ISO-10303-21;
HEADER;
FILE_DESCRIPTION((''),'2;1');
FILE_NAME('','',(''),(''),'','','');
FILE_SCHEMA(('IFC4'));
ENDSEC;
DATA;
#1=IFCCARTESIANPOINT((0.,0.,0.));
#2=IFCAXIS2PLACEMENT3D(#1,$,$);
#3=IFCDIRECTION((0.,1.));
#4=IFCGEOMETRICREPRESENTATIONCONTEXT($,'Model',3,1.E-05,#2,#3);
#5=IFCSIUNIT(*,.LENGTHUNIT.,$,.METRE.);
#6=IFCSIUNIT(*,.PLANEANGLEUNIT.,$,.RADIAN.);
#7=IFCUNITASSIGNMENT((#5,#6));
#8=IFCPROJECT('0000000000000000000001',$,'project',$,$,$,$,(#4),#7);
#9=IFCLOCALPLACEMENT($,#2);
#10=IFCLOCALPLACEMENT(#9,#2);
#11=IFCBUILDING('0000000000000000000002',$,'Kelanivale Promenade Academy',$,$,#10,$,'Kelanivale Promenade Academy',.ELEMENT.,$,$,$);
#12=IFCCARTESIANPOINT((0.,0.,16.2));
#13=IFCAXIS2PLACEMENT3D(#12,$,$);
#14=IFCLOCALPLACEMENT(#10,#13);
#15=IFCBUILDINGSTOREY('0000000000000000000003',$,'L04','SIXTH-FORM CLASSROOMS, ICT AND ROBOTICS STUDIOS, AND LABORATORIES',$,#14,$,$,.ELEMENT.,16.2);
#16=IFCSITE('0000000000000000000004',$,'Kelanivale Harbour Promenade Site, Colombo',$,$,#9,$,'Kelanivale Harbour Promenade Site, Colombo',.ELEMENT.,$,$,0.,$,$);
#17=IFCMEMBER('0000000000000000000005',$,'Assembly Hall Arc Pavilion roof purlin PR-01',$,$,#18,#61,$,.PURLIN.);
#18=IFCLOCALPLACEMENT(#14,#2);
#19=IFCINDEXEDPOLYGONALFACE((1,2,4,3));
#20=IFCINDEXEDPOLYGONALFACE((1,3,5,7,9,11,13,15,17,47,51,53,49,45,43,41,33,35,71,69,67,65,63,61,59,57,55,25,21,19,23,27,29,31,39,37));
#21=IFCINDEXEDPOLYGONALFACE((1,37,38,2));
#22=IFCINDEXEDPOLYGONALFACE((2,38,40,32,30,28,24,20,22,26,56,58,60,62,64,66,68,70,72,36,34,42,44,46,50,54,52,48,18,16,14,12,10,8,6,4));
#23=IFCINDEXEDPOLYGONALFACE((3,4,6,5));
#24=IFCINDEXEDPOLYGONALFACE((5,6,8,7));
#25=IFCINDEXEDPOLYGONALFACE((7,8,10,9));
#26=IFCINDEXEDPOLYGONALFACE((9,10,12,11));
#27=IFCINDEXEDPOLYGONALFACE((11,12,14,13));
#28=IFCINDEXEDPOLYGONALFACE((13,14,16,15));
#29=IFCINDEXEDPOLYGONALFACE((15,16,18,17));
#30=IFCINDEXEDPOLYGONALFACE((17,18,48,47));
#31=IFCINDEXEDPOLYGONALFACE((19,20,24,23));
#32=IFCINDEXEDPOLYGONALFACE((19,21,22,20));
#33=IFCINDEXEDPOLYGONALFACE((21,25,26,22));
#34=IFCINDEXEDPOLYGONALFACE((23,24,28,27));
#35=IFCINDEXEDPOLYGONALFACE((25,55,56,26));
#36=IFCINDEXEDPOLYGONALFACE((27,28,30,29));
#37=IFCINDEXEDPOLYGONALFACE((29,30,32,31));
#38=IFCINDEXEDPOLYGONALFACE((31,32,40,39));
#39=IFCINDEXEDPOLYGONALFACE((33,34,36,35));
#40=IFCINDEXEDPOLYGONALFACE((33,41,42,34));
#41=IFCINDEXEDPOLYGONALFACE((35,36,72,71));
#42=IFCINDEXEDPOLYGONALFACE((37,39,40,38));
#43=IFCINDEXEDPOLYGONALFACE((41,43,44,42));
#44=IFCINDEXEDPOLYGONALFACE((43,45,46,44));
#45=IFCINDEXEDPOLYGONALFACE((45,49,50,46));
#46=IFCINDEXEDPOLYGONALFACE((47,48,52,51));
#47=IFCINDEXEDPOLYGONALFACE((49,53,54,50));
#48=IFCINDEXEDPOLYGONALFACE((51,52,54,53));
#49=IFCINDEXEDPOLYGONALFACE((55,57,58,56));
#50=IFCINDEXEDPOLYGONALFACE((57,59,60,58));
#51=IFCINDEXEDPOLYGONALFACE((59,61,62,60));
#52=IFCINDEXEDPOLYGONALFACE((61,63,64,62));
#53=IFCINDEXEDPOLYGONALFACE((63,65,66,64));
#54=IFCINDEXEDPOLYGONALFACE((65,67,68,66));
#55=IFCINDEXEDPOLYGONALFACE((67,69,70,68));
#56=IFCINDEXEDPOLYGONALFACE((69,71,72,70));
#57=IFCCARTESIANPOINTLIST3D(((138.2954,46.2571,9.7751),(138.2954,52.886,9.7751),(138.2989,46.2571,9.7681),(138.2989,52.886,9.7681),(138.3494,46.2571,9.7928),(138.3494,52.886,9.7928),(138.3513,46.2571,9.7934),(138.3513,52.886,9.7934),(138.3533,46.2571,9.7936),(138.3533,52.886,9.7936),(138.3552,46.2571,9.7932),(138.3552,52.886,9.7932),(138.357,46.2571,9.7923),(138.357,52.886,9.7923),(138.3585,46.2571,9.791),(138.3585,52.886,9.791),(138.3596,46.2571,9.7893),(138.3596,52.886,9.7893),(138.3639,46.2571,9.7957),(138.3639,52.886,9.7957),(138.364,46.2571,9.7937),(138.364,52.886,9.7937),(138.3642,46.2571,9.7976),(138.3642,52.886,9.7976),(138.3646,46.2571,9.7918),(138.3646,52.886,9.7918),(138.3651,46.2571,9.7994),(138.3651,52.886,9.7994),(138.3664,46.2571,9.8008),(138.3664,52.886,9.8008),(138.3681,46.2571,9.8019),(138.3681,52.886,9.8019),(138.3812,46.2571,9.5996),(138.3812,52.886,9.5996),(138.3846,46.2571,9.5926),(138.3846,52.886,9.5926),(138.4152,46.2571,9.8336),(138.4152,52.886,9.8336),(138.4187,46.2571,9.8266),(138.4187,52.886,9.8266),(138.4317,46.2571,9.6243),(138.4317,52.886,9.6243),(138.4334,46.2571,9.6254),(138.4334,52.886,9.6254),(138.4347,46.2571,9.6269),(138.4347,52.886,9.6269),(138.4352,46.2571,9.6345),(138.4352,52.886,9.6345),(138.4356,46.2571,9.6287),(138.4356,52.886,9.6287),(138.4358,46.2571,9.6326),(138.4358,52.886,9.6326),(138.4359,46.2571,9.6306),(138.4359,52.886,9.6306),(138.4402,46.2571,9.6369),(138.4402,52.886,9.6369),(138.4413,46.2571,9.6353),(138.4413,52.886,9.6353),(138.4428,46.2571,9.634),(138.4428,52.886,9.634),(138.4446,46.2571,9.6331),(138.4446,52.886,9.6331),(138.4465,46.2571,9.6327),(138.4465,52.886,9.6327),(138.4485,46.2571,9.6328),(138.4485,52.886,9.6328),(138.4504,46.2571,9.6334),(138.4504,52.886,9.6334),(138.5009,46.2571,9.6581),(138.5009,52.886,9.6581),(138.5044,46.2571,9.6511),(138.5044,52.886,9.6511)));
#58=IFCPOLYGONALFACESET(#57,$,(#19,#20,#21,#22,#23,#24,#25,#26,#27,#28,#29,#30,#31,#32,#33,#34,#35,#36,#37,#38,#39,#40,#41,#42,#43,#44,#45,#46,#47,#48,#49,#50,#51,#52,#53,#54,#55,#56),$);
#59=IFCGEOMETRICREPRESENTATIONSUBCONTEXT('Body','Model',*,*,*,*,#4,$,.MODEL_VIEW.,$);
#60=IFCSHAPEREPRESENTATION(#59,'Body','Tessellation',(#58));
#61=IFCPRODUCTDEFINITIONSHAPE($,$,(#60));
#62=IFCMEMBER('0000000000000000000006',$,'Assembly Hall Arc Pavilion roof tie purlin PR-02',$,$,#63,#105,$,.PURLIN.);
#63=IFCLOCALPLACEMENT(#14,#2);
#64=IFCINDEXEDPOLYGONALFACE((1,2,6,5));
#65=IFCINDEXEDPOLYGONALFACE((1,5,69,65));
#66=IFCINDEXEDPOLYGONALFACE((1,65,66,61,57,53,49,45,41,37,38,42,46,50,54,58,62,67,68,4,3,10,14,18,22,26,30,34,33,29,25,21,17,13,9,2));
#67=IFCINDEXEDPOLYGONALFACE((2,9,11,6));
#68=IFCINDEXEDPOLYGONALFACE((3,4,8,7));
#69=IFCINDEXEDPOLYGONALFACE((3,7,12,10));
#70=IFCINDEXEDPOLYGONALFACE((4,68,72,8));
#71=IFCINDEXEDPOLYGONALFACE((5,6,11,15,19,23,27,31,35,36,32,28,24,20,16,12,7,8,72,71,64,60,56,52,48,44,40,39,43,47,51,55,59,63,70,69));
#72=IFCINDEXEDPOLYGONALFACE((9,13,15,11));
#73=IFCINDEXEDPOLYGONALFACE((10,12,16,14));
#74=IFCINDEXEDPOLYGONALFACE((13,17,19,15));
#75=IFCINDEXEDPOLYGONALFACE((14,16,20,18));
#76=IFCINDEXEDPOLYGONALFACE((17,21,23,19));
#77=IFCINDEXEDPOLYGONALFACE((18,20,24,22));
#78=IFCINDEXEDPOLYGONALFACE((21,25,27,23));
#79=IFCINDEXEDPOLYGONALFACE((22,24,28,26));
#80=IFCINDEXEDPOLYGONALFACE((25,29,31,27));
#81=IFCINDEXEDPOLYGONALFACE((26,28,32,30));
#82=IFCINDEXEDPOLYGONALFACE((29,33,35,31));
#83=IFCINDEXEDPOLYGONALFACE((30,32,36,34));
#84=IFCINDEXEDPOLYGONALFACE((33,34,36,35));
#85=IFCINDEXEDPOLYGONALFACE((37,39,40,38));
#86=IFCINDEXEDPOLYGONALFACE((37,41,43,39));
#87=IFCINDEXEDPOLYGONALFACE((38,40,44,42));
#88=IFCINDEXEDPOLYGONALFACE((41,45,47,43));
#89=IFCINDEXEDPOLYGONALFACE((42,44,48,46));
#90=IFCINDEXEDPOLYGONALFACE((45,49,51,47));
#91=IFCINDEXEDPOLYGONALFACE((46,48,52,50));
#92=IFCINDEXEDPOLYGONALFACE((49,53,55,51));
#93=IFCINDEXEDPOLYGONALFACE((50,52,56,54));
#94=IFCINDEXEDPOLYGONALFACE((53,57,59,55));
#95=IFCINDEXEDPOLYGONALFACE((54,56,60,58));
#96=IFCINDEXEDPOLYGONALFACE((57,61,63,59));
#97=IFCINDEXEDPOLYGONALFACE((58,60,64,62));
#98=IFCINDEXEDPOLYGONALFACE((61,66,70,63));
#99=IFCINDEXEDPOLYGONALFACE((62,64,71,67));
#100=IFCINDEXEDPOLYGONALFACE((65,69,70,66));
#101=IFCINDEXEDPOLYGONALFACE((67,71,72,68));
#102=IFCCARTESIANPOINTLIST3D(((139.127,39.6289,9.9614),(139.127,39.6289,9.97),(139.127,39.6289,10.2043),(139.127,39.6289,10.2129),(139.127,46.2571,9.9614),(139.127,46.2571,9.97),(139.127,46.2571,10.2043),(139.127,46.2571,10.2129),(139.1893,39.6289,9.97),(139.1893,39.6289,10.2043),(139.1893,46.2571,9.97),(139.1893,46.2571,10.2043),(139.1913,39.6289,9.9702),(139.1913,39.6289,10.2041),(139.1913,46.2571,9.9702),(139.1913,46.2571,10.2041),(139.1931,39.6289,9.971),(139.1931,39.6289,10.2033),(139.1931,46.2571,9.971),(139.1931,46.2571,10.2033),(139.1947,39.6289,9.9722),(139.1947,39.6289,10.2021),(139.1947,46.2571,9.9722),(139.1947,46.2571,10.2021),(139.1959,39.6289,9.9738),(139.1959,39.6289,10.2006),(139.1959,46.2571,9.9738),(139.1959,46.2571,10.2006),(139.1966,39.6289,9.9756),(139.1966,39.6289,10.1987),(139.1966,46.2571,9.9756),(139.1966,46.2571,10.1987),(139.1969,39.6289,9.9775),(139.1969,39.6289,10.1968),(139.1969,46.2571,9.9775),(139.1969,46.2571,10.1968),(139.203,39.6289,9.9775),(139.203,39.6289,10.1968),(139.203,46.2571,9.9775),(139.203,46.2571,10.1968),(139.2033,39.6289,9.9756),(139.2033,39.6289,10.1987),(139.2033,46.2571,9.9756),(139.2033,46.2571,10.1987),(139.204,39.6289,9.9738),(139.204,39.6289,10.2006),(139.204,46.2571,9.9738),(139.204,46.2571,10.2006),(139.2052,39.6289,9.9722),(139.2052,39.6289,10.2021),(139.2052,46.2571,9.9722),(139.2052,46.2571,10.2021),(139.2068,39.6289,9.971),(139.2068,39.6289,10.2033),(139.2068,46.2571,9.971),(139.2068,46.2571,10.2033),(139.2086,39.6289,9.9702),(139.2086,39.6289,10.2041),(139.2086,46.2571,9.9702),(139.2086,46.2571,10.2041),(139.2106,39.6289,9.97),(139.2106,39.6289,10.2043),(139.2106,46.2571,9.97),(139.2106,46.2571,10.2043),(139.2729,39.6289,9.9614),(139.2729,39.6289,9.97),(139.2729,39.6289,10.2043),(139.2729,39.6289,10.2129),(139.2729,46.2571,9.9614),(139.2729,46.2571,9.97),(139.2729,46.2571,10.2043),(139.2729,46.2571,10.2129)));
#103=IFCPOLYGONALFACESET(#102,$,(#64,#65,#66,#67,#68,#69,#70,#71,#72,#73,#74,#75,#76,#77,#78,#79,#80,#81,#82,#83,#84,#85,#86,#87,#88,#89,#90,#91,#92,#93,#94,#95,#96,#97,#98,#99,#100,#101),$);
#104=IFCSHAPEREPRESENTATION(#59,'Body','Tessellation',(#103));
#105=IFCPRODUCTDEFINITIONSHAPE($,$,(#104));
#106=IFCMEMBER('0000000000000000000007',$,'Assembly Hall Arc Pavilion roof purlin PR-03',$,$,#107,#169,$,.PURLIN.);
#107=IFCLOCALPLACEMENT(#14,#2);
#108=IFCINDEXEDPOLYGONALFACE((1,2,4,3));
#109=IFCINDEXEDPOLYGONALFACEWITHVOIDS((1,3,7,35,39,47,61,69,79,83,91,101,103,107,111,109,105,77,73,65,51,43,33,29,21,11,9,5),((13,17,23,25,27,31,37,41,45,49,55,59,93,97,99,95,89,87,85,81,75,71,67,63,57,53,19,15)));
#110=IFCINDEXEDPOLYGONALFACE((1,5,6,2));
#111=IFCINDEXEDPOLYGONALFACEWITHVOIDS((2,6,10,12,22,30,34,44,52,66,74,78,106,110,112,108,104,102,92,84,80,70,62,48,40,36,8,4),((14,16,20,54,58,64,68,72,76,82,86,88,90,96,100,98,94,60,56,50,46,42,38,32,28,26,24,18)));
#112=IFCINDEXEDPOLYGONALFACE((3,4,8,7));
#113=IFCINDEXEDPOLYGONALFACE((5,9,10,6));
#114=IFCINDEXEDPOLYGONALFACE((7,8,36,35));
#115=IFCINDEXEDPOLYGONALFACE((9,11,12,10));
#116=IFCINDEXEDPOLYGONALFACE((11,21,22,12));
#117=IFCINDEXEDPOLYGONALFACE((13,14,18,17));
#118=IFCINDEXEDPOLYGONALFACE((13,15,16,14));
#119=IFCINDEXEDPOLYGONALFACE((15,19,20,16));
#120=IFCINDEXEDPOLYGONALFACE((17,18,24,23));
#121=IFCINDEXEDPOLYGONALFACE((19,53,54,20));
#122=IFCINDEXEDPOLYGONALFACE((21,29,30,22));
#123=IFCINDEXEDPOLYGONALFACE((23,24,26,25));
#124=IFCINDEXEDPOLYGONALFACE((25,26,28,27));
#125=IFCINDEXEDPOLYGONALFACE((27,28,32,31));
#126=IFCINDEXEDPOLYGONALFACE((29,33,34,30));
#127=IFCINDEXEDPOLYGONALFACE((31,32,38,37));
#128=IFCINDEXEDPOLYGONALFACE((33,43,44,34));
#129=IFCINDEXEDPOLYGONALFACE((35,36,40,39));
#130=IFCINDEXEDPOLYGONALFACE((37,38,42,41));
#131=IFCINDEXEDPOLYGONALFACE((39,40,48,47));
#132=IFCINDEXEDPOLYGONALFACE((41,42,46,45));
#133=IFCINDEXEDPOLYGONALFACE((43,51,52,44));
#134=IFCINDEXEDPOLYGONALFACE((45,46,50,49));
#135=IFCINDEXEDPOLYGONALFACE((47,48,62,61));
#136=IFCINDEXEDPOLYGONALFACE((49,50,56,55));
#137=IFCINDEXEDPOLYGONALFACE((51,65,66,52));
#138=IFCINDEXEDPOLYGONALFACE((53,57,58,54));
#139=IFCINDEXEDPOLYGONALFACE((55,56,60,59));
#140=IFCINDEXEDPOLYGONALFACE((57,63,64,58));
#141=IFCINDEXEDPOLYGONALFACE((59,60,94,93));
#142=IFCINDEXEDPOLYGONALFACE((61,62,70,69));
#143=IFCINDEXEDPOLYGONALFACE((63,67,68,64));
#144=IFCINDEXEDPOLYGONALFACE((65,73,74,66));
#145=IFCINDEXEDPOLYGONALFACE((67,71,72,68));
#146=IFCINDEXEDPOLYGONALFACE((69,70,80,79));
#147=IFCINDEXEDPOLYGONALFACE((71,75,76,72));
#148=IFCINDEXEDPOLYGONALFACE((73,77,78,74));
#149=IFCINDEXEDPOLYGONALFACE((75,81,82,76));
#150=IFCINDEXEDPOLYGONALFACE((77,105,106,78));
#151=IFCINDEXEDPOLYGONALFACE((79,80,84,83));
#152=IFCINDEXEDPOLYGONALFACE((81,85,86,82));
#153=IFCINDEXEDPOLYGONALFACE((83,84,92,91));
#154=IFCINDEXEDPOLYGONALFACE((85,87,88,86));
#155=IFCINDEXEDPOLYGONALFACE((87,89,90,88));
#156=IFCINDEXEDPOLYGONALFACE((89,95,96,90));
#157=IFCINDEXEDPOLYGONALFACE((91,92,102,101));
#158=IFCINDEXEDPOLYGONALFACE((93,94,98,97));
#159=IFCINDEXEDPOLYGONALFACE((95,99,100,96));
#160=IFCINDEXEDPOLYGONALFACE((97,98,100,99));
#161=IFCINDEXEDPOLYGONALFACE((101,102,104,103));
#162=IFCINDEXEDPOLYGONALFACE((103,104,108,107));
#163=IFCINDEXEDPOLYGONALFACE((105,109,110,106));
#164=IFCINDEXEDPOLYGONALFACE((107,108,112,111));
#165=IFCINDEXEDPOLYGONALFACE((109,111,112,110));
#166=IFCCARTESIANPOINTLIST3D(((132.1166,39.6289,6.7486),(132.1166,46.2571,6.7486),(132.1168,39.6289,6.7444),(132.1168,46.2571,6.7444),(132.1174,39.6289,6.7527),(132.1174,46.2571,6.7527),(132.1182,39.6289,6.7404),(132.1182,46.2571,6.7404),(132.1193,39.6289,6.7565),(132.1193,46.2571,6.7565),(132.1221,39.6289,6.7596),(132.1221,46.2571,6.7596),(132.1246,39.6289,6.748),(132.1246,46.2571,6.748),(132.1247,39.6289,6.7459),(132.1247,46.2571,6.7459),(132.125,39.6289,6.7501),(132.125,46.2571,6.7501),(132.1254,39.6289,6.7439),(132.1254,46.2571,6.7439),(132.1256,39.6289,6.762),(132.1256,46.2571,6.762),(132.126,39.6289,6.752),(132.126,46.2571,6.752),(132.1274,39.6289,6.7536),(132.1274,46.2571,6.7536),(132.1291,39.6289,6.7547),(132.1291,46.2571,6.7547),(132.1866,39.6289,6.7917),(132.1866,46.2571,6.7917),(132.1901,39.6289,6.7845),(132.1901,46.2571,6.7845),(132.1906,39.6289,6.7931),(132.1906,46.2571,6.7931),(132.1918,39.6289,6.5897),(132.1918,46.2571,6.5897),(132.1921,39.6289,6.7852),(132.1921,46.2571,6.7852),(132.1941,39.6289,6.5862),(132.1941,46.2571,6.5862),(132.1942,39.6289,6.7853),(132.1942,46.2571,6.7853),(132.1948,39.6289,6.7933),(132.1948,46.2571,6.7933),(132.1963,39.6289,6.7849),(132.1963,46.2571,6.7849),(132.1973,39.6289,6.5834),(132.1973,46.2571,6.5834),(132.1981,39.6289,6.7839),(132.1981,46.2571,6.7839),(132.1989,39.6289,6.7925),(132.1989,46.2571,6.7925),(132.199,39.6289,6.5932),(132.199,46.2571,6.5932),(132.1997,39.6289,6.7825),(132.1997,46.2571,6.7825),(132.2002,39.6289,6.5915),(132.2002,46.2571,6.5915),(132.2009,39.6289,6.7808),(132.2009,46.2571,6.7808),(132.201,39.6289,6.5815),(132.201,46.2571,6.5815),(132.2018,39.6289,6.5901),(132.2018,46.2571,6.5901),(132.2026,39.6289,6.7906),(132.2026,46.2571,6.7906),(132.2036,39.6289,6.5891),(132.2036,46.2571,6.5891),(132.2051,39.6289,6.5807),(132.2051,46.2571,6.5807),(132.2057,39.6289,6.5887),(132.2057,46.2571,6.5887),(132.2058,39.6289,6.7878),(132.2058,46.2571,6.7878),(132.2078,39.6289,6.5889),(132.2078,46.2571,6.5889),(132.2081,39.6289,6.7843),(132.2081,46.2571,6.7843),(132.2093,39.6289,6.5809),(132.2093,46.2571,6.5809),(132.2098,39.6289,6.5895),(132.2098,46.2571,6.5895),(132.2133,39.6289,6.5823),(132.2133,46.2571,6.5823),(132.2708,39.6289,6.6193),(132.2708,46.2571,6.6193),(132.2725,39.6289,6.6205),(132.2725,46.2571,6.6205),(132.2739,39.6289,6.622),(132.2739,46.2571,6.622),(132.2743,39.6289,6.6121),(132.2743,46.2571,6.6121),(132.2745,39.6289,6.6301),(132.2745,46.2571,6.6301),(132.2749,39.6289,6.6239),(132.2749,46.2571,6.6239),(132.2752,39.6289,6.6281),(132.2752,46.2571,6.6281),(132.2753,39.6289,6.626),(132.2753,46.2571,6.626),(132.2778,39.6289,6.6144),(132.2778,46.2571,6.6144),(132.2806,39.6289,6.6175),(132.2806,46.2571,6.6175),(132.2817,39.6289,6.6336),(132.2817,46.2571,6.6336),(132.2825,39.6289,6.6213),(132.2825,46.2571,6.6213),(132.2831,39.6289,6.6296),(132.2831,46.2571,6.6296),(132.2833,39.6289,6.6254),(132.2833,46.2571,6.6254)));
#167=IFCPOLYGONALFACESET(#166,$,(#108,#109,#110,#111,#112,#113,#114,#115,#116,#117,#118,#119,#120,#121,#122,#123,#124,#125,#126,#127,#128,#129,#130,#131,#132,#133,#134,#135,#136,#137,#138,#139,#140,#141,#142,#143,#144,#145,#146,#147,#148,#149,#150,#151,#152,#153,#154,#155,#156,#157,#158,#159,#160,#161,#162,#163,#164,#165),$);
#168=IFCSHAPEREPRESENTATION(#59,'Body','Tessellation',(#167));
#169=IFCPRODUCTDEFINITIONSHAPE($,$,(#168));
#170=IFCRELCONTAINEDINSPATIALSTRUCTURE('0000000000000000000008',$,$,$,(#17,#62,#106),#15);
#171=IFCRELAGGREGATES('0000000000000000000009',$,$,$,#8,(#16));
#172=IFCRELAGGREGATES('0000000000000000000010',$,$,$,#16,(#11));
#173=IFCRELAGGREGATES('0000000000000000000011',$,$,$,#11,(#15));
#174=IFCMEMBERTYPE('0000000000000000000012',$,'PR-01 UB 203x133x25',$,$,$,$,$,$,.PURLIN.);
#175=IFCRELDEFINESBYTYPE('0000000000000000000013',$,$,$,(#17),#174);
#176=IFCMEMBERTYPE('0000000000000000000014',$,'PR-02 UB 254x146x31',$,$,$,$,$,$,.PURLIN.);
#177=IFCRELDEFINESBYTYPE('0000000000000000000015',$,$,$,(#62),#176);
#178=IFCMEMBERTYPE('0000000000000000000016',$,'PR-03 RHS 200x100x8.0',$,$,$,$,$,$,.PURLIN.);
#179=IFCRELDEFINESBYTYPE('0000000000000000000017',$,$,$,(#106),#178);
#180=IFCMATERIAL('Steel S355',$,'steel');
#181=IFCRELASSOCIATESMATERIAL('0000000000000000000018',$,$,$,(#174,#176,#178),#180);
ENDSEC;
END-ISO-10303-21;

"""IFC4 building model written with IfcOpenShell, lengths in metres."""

from ifc_helpers import new_model, si_unit, direction, frame, origin, origin_2d, place, context, subcontext, project, spatial, hollow_rectangle, i_section, extrude, material, material_profile, profile_set, type_object, element, save


model = new_model("IFC4")

# Units and contexts
model_context = context("Model", 3, precision=1e-05, world=origin(), true_north=direction((0.0, 1.0)))
body_context = subcontext(model_context, "Body", "Model", "MODEL_VIEW")
ifc_project = project(units=[si_unit("LENGTHUNIT", "METRE"), si_unit("PLANEANGLEUNIT", "RADIAN")], contexts=[model_context])

# Site, building, storey
site_placement = place(None, origin())
site = spatial("IfcSite", under=ifc_project, at=site_placement, Name="Kelanivale Harbour Promenade Site, Colombo", LongName="Kelanivale Harbour Promenade Site, Colombo", CompositionType="ELEMENT", RefElevation=0.0)
building_placement = place(site_placement, origin())
building = spatial("IfcBuilding", under=site, at=building_placement, Name="Kelanivale Promenade Academy", LongName="Kelanivale Promenade Academy", CompositionType="ELEMENT")
storey_placement = place(building_placement, frame((0.0, 0.0, 16.2)))
storey = spatial("IfcBuildingStorey", under=building, at=storey_placement, Name="L04", Description="SIXTH-FORM CLASSROOMS, ICT AND ROBOTICS STUDIOS, AND LABORATORIES", CompositionType="ELEMENT", Elevation=16.2)

# Members
ifc_material_1 = material(Name="Steel S355", Category="steel")
ifc_material_profile_1 = material_profile(ifc_material_1, i_section(OverallWidth=0.1333, OverallDepth=0.2031, WebThickness=0.0056, FlangeThickness=0.0078, FilletRadius=0.0076, at=origin_2d()), Name="UB 203x133x25")
ifc_profile_set_1 = profile_set([ifc_material_profile_1], Name="Steel S355")
member_type_1 = type_object("IfcMemberType", Name="PR-01 UB 203x133x25", PredefinedType="PURLIN", material=ifc_profile_set_1)
member_1_placement = place(storey_placement, frame((138.3999, 46.2571, 9.7131), z_axis=(0.0, 1.0, 0.0), x_axis=(-0.898564, 0.0, -0.438842)))
element("IfcMember", 1, at=member_1_placement, inside=storey, type_object=member_type_1, Name="Assembly Hall Arc Pavilion roof purlin PR-01", PredefinedType="PURLIN", context=body_context, shape_type="SweptSolid", body=[
    extrude(i_section(OverallWidth=0.1333, OverallDepth=0.2031, WebThickness=0.0056, FlangeThickness=0.0078, FilletRadius=0.0076, at=origin_2d()), origin(), (0.0, 0.0, 1.0), 6.6289),
])
ifc_material_profile_2 = material_profile(ifc_material_1, i_section(OverallWidth=0.146, OverallDepth=0.2515, WebThickness=0.0061, FlangeThickness=0.0085, FilletRadius=0.0076, at=origin_2d()), Name="UB 254x146x31")
ifc_profile_set_2 = profile_set([ifc_material_profile_2], Name="Steel S355")
member_type_2 = type_object("IfcMemberType", Name="PR-02 UB 254x146x31", PredefinedType="PURLIN", material=ifc_profile_set_2)
member_2_placement = place(storey_placement, frame((139.2, 39.6289, 10.0872), z_axis=(0.0, 1.0, 0.0), x_axis=(-1.0, 0.0, 0.0)))
element("IfcMember", 2, at=member_2_placement, inside=storey, type_object=member_type_2, Name="Assembly Hall Arc Pavilion roof tie purlin PR-02", PredefinedType="PURLIN", context=body_context, shape_type="SweptSolid", body=[
    extrude(i_section(OverallWidth=0.146, OverallDepth=0.2515, WebThickness=0.0061, FlangeThickness=0.0085, FilletRadius=0.0076, at=origin_2d()), origin(), (0.0, 0.0, 1.0), 6.6282),
])
ifc_material_profile_3 = material_profile(ifc_material_1, hollow_rectangle(XDim=0.1001, YDim=0.2, WallThickness=0.0081, InnerFilletRadius=0.0081, OuterFilletRadius=0.0161, at=origin_2d()), Name="RHS 200x100x8.0")
ifc_profile_set_3 = profile_set([ifc_material_profile_3], Name="Steel S355")
member_type_3 = type_object("IfcMemberType", Name="PR-03 RHS 200x100x8.0", PredefinedType="PURLIN", material=ifc_profile_set_3)
member_3_placement = place(storey_placement, frame((132.2, 39.6289, 6.687), z_axis=(0.0, 1.0, 0.0), x_axis=(-0.898564, 0.0, -0.438842)))
element("IfcMember", 3, at=member_3_placement, inside=storey, type_object=member_type_3, Name="Assembly Hall Arc Pavilion roof purlin PR-03", PredefinedType="PURLIN", context=body_context, shape_type="SweptSolid", body=[
    extrude(hollow_rectangle(XDim=0.1001, YDim=0.2, WallThickness=0.0081, InnerFilletRadius=0.0081, OuterFilletRadius=0.0161, at=origin_2d()), origin(), (0.0, 0.0, 1.0), 6.6282),
])

save(model, "model.ifc")
